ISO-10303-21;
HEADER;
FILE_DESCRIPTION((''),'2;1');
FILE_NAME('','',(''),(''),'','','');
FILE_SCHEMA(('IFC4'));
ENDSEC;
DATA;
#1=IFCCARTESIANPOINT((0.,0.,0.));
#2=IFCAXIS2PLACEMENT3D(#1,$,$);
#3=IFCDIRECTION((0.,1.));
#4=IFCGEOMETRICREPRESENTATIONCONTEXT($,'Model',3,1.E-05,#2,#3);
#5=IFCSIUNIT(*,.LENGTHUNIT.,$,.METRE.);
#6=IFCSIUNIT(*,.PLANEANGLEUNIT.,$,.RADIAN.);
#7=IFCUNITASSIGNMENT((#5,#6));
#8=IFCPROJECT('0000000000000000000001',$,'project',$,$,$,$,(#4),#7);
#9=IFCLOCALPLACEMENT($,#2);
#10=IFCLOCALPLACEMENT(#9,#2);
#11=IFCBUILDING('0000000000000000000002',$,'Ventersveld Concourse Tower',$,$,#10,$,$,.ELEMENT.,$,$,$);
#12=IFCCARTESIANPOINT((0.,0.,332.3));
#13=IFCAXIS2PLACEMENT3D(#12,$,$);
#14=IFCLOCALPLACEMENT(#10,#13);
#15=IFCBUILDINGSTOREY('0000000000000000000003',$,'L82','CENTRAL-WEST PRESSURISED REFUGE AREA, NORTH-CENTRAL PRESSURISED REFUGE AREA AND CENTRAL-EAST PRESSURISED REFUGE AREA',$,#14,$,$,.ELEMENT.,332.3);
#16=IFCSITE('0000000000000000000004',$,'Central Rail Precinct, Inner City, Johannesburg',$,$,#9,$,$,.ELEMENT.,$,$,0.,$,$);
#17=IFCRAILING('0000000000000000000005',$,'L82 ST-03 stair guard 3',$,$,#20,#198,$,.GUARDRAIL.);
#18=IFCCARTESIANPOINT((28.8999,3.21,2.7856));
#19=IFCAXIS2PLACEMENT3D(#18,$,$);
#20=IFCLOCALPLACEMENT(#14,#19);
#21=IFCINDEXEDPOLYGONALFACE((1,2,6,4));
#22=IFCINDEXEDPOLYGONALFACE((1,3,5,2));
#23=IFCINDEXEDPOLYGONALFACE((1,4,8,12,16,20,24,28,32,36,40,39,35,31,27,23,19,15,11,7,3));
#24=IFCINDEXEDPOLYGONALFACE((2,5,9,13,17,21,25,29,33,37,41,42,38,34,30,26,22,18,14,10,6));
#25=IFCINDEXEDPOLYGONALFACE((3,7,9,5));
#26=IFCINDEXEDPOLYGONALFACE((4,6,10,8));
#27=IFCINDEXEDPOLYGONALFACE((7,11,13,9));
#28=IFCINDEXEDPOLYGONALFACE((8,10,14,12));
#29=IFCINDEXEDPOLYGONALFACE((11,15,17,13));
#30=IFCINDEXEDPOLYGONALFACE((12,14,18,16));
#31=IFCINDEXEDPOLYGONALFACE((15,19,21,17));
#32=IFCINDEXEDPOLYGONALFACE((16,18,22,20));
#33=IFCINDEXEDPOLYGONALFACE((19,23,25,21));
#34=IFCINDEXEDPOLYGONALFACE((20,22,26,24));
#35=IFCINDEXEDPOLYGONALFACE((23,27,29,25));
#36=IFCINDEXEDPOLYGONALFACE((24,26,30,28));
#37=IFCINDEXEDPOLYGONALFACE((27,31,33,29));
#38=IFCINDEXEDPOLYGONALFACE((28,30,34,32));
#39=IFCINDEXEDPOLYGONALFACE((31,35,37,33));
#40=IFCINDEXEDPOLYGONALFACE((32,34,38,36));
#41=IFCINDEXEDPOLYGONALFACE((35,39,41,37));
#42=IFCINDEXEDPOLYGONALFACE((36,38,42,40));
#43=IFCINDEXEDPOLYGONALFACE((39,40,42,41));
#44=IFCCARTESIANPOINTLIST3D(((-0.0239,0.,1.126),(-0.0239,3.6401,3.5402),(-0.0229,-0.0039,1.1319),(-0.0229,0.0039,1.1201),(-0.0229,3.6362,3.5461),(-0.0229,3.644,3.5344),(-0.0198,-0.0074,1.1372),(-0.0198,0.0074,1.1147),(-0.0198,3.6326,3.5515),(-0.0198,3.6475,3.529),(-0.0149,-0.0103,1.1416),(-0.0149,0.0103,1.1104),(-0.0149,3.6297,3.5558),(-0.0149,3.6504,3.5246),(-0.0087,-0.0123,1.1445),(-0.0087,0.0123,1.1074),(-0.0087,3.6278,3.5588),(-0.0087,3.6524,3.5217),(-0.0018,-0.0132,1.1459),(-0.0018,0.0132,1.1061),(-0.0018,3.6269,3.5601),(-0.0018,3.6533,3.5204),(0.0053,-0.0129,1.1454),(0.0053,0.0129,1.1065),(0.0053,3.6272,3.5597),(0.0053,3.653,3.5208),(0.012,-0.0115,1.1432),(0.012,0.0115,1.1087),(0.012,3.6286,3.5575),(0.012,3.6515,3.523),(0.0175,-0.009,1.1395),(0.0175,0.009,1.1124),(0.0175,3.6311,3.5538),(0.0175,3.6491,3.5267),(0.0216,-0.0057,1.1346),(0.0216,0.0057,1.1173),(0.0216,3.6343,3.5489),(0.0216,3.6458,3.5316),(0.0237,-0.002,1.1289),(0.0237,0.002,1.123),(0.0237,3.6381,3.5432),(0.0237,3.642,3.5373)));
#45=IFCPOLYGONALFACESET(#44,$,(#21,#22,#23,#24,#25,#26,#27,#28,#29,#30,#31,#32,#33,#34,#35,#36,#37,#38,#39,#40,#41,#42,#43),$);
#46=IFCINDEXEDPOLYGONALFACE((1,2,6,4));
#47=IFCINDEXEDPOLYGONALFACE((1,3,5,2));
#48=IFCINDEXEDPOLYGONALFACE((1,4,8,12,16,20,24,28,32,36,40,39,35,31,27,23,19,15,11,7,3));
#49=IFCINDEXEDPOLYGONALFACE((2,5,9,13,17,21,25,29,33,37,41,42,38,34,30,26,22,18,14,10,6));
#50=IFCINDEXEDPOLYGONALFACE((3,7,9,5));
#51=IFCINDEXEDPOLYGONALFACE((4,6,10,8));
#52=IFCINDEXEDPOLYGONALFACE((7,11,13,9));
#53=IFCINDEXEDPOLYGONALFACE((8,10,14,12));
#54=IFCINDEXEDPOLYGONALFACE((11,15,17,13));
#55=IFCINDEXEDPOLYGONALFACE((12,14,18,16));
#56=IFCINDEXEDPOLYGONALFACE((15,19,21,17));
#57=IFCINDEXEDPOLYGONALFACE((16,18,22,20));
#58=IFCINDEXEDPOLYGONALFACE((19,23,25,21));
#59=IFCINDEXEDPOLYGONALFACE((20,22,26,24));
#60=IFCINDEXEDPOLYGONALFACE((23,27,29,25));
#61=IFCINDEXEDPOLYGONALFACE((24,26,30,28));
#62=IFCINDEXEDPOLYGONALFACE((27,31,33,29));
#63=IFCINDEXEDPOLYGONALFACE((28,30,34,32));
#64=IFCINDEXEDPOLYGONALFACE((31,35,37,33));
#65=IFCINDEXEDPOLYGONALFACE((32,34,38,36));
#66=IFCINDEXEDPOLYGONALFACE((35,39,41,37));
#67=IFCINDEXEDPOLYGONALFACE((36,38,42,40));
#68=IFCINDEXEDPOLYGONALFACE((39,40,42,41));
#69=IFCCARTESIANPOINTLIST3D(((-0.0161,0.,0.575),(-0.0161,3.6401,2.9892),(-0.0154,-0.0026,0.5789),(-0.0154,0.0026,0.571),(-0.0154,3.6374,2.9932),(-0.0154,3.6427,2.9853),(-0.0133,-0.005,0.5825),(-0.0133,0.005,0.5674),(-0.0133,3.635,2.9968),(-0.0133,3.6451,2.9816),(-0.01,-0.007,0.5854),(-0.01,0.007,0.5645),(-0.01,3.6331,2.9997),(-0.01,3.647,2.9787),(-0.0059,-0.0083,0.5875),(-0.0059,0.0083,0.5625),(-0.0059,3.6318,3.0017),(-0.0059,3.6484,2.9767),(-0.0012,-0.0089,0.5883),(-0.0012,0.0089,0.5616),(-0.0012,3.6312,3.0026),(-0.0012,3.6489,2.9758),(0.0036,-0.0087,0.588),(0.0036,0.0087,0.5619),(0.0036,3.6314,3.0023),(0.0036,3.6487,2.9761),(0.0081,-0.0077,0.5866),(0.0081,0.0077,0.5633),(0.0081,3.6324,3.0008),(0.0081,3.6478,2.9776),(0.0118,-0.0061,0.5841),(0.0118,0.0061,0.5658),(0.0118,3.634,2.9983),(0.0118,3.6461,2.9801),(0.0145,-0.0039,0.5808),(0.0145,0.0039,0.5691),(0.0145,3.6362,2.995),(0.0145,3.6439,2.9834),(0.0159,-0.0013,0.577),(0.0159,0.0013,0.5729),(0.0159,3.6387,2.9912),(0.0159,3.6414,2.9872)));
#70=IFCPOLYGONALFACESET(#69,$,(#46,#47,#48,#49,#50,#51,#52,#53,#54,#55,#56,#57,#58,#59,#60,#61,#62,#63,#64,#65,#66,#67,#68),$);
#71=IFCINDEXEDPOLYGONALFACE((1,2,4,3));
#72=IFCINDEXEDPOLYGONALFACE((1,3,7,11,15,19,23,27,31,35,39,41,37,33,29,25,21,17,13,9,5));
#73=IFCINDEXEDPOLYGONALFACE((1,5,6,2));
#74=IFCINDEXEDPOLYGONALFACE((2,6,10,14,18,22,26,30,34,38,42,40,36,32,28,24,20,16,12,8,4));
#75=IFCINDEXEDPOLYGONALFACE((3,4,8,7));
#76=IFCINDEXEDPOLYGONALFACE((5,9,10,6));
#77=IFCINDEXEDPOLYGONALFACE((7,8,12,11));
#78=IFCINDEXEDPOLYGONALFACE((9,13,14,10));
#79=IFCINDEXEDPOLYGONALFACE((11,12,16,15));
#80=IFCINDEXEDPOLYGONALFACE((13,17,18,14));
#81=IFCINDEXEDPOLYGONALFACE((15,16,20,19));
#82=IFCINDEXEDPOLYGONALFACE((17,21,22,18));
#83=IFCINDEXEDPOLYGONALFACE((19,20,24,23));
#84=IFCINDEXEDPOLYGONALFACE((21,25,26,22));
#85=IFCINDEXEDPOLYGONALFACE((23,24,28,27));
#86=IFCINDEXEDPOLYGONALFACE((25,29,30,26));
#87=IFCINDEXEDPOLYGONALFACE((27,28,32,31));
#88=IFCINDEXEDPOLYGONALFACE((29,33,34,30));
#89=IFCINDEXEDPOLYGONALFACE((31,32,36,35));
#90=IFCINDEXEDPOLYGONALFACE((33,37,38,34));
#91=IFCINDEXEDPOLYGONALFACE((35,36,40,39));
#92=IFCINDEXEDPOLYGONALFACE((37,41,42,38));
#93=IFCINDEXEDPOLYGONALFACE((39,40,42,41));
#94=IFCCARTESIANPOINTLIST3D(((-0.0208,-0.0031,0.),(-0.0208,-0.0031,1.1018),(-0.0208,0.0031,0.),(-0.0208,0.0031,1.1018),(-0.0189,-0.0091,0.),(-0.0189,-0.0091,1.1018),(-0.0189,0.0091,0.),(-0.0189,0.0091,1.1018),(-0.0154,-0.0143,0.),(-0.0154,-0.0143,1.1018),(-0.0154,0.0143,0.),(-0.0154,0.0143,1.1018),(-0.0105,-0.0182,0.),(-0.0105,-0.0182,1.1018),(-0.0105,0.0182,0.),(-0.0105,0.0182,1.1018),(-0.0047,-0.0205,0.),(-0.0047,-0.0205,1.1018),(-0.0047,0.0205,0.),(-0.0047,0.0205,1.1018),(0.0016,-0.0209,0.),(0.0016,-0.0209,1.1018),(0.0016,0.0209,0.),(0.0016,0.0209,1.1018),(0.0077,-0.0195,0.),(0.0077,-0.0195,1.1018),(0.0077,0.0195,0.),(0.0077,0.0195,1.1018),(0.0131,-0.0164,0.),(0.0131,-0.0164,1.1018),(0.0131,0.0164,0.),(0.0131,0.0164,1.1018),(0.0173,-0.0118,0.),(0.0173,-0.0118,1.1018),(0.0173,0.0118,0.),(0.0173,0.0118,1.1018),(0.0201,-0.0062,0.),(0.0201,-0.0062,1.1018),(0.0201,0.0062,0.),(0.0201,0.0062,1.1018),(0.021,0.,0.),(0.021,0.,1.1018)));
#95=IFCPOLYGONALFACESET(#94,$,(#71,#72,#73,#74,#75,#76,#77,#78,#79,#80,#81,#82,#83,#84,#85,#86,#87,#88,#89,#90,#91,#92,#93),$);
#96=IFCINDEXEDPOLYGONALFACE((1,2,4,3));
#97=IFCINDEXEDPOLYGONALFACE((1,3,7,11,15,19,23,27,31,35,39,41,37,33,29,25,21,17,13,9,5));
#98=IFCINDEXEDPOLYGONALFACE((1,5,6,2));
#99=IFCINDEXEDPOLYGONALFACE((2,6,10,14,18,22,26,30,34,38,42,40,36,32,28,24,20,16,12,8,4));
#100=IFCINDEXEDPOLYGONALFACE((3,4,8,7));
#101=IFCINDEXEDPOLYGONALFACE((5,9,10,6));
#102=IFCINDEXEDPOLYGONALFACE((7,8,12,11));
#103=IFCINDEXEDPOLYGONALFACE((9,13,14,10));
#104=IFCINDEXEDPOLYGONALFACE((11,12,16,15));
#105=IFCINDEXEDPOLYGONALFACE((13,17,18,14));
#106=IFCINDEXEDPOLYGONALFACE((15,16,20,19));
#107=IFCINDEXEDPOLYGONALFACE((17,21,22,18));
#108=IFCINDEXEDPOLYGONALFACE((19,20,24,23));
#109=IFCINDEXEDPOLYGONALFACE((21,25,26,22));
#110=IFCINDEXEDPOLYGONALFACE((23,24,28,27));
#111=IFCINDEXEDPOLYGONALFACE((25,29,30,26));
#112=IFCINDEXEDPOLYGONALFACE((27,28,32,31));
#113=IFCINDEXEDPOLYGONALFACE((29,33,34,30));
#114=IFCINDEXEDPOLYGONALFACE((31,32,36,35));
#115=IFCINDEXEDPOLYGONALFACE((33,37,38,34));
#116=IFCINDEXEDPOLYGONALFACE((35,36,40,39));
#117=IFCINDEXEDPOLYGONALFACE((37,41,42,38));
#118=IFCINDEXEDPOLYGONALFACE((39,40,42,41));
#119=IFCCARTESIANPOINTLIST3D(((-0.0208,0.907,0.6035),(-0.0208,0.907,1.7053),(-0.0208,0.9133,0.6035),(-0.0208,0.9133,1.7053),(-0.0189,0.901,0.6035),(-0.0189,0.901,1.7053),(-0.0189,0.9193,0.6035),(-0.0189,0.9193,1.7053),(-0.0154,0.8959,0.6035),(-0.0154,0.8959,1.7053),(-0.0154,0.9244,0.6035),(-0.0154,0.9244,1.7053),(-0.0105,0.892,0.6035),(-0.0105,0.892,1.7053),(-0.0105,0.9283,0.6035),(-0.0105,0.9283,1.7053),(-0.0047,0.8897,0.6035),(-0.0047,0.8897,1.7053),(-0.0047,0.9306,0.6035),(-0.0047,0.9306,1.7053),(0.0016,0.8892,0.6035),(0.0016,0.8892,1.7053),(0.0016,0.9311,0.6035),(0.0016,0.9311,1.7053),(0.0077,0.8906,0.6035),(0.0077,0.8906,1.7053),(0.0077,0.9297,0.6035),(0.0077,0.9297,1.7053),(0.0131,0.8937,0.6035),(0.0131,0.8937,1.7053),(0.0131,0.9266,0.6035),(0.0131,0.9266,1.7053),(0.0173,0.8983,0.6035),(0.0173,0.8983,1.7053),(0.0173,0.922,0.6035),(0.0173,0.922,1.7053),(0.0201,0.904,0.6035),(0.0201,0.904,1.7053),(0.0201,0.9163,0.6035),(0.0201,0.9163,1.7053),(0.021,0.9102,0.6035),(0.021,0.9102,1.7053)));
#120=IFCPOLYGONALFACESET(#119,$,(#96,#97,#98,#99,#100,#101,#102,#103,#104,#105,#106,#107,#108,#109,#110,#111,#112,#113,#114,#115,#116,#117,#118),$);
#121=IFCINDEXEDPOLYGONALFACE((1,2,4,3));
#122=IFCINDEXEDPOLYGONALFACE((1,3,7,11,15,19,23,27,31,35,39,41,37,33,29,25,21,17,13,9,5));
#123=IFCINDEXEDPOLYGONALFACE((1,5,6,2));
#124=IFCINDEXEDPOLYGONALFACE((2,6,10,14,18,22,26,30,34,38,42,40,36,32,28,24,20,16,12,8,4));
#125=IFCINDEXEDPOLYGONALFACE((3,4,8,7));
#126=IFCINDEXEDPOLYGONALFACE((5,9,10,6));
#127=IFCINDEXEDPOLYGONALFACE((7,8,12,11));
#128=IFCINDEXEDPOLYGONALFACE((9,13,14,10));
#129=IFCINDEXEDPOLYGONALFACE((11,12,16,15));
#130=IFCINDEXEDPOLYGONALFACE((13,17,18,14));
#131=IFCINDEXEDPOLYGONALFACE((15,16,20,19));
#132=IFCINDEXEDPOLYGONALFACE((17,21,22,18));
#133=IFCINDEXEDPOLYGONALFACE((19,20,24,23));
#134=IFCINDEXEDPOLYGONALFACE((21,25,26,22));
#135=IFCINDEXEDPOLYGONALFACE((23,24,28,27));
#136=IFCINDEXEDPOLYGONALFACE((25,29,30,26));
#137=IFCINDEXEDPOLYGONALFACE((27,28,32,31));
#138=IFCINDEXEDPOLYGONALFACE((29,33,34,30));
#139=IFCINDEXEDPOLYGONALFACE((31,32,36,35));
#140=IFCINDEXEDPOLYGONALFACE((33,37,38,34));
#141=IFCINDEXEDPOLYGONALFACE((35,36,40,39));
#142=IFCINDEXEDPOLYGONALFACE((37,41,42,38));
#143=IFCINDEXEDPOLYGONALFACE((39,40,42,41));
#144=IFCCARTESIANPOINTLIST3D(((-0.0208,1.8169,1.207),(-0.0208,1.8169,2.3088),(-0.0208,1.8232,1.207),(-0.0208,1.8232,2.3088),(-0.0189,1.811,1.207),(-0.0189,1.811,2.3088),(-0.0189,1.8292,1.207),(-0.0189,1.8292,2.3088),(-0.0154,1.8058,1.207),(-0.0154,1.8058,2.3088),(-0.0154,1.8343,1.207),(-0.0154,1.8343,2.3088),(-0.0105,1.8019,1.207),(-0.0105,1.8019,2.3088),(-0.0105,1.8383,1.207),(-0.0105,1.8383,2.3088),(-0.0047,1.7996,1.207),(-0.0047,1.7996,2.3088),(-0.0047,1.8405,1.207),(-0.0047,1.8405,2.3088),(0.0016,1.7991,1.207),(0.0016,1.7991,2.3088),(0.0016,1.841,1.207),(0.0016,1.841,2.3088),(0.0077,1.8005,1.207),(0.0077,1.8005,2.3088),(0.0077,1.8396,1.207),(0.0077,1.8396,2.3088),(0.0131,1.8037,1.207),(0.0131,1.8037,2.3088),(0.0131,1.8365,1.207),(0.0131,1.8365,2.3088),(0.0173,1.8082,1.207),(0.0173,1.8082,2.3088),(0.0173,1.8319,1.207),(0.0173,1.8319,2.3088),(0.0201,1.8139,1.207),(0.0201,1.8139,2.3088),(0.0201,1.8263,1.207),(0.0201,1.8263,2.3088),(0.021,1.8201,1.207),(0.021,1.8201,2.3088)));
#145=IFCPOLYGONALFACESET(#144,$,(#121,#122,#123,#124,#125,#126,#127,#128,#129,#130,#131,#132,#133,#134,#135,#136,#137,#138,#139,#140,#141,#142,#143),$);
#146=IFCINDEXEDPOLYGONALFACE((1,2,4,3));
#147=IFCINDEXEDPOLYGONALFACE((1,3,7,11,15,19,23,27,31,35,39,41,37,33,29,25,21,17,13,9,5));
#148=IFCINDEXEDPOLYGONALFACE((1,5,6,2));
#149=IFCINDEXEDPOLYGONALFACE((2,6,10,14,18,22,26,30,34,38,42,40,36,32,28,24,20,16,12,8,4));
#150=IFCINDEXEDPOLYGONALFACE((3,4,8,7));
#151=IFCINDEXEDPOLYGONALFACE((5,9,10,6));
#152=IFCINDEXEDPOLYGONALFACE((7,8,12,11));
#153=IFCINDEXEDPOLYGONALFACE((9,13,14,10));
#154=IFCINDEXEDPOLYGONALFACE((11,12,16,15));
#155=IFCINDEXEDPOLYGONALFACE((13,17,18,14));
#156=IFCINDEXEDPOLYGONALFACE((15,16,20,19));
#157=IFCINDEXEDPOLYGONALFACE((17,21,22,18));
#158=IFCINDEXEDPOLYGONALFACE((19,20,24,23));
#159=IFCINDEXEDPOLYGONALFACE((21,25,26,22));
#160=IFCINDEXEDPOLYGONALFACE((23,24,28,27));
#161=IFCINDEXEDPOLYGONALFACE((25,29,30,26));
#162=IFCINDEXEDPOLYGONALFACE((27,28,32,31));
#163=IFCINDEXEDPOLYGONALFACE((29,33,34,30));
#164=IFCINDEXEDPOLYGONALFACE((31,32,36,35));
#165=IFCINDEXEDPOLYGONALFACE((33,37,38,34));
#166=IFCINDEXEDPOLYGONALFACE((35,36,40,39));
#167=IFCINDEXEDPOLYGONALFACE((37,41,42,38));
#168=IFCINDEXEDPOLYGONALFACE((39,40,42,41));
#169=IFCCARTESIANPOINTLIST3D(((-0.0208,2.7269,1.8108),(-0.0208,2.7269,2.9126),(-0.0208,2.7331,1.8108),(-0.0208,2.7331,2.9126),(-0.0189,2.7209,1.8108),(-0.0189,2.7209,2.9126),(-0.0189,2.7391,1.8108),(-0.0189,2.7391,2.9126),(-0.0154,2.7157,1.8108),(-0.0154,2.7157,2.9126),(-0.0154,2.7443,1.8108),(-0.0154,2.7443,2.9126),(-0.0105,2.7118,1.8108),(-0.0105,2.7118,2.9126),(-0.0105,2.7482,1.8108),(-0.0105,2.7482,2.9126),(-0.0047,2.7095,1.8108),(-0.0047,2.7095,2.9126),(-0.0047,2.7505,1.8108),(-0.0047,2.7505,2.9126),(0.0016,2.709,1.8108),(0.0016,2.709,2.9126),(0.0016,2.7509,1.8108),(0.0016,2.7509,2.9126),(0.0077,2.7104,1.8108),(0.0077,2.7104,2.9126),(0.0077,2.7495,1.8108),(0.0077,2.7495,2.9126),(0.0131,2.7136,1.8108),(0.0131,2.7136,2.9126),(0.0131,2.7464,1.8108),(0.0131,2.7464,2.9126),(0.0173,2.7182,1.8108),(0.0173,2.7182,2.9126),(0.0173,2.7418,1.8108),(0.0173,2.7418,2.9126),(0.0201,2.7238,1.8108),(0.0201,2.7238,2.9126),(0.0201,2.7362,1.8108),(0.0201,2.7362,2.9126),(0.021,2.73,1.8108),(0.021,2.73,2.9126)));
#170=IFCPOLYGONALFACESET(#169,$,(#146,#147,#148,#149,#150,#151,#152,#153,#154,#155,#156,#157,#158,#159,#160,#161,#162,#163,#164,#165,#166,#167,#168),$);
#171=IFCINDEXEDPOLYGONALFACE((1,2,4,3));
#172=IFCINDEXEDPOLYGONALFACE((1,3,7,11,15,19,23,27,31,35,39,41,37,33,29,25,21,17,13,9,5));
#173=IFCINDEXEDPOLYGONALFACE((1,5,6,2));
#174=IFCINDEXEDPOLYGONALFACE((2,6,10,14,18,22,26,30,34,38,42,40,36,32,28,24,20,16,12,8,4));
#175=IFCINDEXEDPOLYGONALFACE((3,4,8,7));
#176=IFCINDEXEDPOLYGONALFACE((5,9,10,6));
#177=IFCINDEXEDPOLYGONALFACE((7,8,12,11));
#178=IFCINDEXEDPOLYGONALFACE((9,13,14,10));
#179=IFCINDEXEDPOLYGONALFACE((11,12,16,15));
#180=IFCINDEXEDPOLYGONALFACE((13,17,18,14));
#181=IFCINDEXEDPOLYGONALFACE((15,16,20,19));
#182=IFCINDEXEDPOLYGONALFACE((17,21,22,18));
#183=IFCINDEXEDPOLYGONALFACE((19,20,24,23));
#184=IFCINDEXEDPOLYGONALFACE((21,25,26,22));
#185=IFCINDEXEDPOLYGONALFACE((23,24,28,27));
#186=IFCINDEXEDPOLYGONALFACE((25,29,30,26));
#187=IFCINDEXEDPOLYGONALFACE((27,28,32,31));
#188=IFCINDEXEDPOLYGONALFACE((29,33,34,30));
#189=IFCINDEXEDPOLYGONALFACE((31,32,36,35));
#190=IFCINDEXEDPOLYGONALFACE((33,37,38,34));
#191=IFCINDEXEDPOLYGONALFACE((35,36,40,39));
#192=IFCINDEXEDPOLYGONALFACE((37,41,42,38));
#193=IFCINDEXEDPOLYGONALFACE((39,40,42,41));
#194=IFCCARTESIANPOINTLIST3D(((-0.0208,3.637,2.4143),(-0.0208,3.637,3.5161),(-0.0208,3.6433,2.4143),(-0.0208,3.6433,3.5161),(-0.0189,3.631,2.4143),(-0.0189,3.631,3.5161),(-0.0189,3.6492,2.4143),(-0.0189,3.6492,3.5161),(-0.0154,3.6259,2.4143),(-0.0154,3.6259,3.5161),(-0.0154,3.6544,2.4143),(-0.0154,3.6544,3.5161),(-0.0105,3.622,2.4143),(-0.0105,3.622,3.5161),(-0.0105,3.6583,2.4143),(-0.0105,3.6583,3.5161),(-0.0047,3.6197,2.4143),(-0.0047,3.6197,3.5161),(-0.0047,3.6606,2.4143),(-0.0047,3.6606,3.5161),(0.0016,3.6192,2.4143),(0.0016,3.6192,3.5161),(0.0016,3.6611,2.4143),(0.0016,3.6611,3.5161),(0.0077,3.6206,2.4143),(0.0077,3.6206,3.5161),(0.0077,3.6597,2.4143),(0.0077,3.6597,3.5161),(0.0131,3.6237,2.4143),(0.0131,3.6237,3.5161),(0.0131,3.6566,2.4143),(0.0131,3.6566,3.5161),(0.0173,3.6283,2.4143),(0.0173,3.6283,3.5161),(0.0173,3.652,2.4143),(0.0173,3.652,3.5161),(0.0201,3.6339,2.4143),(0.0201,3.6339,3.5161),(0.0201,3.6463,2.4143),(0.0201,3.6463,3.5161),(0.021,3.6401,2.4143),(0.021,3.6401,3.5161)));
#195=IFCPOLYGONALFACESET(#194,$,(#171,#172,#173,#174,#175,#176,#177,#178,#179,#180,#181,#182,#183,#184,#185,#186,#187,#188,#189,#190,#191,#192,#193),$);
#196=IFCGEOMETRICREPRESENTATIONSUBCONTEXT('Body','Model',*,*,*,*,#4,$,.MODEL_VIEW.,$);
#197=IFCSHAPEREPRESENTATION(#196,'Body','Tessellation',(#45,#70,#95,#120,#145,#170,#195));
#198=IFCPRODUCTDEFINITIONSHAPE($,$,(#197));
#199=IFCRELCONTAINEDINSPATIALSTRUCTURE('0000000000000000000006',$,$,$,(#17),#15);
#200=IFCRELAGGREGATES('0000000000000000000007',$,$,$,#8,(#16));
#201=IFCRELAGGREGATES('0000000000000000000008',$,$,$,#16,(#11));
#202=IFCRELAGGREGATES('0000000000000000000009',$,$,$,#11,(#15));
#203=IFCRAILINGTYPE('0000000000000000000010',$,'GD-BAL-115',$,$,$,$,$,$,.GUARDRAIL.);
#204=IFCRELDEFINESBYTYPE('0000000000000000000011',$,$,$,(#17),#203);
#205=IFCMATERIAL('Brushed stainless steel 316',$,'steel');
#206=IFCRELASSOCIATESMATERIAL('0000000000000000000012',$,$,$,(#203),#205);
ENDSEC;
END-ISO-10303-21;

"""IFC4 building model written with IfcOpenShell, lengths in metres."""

from ifc_helpers import new_model, si_unit, direction, frame, origin, origin_2d, place, context, subcontext, project, spatial, circle, extrude, material, type_object, element, save


model = new_model("IFC4")

# Units and contexts
model_context = context("Model", 3, precision=1e-05, world=origin(), true_north=direction((0.0, 1.0)))
body_context = subcontext(model_context, "Body", "Model", "MODEL_VIEW")
ifc_project = project(units=[si_unit("LENGTHUNIT", "METRE"), si_unit("PLANEANGLEUNIT", "RADIAN")], contexts=[model_context])

# Site, building, storey
site_placement = place(None, origin())
site = spatial("IfcSite", under=ifc_project, at=site_placement, Name="Central Rail Precinct, Inner City, Johannesburg", CompositionType="ELEMENT", RefElevation=0.0)
building_placement = place(site_placement, origin())
building = spatial("IfcBuilding", under=site, at=building_placement, Name="Ventersveld Concourse Tower", CompositionType="ELEMENT")
storey_placement = place(building_placement, frame((0.0, 0.0, 332.3)))
storey = spatial("IfcBuildingStorey", under=building, at=storey_placement, Name="L82", Description="CENTRAL-WEST PRESSURISED REFUGE AREA, NORTH-CENTRAL PRESSURISED REFUGE AREA AND CENTRAL-EAST PRESSURISED REFUGE AREA", CompositionType="ELEMENT", Elevation=332.3)

# Railing
ifc_material_1 = material(Name="Brushed stainless steel 316", Category="steel")
railing_type_1 = type_object("IfcRailingType", Name="GD-BAL-115", PredefinedType="GUARDRAIL", material=ifc_material_1)
railing_1_placement = place(storey_placement, frame((28.8999, 3.21, 2.7856)))
element("IfcRailing", 1, at=railing_1_placement, inside=storey, type_object=railing_type_1, Name="L82 ST-03 stair guard 3", PredefinedType="GUARDRAIL", context=body_context, shape_type="SweptSolid", body=[
    extrude(circle(Radius=0.0239, at=origin_2d()), frame((0.0, 0.0, 1.126), z_axis=(0.0, 0.833364, 0.552725), x_axis=(-1.0, 0.0, 0.0)), (0.0, 0.0, 1.0), 4.3679),
    extrude(circle(Radius=0.0161, at=origin_2d()), frame((0.0, 0.0, 0.575), z_axis=(0.0, 0.833364, 0.552725), x_axis=(-1.0, 0.0, 0.0)), (0.0, 0.0, 1.0), 4.3679),
    extrude(circle(Radius=0.021, at=origin_2d()), origin(), (0.0, 0.0, 1.0), 1.1018),
    extrude(circle(Radius=0.021, at=origin_2d()), frame((0.0, 0.9102, 0.6035)), (0.0, 0.0, 1.0), 1.1018),
    extrude(circle(Radius=0.021, at=origin_2d()), frame((0.0, 1.8201, 1.207)), (0.0, 0.0, 1.0), 1.1018),
    extrude(circle(Radius=0.021, at=origin_2d()), frame((0.0, 2.73, 1.8108)), (0.0, 0.0, 1.0), 1.1018),
    extrude(circle(Radius=0.021, at=origin_2d()), frame((0.0, 3.6401, 2.4143)), (0.0, 0.0, 1.0), 1.1018),
])

save(model, "model.ifc")
